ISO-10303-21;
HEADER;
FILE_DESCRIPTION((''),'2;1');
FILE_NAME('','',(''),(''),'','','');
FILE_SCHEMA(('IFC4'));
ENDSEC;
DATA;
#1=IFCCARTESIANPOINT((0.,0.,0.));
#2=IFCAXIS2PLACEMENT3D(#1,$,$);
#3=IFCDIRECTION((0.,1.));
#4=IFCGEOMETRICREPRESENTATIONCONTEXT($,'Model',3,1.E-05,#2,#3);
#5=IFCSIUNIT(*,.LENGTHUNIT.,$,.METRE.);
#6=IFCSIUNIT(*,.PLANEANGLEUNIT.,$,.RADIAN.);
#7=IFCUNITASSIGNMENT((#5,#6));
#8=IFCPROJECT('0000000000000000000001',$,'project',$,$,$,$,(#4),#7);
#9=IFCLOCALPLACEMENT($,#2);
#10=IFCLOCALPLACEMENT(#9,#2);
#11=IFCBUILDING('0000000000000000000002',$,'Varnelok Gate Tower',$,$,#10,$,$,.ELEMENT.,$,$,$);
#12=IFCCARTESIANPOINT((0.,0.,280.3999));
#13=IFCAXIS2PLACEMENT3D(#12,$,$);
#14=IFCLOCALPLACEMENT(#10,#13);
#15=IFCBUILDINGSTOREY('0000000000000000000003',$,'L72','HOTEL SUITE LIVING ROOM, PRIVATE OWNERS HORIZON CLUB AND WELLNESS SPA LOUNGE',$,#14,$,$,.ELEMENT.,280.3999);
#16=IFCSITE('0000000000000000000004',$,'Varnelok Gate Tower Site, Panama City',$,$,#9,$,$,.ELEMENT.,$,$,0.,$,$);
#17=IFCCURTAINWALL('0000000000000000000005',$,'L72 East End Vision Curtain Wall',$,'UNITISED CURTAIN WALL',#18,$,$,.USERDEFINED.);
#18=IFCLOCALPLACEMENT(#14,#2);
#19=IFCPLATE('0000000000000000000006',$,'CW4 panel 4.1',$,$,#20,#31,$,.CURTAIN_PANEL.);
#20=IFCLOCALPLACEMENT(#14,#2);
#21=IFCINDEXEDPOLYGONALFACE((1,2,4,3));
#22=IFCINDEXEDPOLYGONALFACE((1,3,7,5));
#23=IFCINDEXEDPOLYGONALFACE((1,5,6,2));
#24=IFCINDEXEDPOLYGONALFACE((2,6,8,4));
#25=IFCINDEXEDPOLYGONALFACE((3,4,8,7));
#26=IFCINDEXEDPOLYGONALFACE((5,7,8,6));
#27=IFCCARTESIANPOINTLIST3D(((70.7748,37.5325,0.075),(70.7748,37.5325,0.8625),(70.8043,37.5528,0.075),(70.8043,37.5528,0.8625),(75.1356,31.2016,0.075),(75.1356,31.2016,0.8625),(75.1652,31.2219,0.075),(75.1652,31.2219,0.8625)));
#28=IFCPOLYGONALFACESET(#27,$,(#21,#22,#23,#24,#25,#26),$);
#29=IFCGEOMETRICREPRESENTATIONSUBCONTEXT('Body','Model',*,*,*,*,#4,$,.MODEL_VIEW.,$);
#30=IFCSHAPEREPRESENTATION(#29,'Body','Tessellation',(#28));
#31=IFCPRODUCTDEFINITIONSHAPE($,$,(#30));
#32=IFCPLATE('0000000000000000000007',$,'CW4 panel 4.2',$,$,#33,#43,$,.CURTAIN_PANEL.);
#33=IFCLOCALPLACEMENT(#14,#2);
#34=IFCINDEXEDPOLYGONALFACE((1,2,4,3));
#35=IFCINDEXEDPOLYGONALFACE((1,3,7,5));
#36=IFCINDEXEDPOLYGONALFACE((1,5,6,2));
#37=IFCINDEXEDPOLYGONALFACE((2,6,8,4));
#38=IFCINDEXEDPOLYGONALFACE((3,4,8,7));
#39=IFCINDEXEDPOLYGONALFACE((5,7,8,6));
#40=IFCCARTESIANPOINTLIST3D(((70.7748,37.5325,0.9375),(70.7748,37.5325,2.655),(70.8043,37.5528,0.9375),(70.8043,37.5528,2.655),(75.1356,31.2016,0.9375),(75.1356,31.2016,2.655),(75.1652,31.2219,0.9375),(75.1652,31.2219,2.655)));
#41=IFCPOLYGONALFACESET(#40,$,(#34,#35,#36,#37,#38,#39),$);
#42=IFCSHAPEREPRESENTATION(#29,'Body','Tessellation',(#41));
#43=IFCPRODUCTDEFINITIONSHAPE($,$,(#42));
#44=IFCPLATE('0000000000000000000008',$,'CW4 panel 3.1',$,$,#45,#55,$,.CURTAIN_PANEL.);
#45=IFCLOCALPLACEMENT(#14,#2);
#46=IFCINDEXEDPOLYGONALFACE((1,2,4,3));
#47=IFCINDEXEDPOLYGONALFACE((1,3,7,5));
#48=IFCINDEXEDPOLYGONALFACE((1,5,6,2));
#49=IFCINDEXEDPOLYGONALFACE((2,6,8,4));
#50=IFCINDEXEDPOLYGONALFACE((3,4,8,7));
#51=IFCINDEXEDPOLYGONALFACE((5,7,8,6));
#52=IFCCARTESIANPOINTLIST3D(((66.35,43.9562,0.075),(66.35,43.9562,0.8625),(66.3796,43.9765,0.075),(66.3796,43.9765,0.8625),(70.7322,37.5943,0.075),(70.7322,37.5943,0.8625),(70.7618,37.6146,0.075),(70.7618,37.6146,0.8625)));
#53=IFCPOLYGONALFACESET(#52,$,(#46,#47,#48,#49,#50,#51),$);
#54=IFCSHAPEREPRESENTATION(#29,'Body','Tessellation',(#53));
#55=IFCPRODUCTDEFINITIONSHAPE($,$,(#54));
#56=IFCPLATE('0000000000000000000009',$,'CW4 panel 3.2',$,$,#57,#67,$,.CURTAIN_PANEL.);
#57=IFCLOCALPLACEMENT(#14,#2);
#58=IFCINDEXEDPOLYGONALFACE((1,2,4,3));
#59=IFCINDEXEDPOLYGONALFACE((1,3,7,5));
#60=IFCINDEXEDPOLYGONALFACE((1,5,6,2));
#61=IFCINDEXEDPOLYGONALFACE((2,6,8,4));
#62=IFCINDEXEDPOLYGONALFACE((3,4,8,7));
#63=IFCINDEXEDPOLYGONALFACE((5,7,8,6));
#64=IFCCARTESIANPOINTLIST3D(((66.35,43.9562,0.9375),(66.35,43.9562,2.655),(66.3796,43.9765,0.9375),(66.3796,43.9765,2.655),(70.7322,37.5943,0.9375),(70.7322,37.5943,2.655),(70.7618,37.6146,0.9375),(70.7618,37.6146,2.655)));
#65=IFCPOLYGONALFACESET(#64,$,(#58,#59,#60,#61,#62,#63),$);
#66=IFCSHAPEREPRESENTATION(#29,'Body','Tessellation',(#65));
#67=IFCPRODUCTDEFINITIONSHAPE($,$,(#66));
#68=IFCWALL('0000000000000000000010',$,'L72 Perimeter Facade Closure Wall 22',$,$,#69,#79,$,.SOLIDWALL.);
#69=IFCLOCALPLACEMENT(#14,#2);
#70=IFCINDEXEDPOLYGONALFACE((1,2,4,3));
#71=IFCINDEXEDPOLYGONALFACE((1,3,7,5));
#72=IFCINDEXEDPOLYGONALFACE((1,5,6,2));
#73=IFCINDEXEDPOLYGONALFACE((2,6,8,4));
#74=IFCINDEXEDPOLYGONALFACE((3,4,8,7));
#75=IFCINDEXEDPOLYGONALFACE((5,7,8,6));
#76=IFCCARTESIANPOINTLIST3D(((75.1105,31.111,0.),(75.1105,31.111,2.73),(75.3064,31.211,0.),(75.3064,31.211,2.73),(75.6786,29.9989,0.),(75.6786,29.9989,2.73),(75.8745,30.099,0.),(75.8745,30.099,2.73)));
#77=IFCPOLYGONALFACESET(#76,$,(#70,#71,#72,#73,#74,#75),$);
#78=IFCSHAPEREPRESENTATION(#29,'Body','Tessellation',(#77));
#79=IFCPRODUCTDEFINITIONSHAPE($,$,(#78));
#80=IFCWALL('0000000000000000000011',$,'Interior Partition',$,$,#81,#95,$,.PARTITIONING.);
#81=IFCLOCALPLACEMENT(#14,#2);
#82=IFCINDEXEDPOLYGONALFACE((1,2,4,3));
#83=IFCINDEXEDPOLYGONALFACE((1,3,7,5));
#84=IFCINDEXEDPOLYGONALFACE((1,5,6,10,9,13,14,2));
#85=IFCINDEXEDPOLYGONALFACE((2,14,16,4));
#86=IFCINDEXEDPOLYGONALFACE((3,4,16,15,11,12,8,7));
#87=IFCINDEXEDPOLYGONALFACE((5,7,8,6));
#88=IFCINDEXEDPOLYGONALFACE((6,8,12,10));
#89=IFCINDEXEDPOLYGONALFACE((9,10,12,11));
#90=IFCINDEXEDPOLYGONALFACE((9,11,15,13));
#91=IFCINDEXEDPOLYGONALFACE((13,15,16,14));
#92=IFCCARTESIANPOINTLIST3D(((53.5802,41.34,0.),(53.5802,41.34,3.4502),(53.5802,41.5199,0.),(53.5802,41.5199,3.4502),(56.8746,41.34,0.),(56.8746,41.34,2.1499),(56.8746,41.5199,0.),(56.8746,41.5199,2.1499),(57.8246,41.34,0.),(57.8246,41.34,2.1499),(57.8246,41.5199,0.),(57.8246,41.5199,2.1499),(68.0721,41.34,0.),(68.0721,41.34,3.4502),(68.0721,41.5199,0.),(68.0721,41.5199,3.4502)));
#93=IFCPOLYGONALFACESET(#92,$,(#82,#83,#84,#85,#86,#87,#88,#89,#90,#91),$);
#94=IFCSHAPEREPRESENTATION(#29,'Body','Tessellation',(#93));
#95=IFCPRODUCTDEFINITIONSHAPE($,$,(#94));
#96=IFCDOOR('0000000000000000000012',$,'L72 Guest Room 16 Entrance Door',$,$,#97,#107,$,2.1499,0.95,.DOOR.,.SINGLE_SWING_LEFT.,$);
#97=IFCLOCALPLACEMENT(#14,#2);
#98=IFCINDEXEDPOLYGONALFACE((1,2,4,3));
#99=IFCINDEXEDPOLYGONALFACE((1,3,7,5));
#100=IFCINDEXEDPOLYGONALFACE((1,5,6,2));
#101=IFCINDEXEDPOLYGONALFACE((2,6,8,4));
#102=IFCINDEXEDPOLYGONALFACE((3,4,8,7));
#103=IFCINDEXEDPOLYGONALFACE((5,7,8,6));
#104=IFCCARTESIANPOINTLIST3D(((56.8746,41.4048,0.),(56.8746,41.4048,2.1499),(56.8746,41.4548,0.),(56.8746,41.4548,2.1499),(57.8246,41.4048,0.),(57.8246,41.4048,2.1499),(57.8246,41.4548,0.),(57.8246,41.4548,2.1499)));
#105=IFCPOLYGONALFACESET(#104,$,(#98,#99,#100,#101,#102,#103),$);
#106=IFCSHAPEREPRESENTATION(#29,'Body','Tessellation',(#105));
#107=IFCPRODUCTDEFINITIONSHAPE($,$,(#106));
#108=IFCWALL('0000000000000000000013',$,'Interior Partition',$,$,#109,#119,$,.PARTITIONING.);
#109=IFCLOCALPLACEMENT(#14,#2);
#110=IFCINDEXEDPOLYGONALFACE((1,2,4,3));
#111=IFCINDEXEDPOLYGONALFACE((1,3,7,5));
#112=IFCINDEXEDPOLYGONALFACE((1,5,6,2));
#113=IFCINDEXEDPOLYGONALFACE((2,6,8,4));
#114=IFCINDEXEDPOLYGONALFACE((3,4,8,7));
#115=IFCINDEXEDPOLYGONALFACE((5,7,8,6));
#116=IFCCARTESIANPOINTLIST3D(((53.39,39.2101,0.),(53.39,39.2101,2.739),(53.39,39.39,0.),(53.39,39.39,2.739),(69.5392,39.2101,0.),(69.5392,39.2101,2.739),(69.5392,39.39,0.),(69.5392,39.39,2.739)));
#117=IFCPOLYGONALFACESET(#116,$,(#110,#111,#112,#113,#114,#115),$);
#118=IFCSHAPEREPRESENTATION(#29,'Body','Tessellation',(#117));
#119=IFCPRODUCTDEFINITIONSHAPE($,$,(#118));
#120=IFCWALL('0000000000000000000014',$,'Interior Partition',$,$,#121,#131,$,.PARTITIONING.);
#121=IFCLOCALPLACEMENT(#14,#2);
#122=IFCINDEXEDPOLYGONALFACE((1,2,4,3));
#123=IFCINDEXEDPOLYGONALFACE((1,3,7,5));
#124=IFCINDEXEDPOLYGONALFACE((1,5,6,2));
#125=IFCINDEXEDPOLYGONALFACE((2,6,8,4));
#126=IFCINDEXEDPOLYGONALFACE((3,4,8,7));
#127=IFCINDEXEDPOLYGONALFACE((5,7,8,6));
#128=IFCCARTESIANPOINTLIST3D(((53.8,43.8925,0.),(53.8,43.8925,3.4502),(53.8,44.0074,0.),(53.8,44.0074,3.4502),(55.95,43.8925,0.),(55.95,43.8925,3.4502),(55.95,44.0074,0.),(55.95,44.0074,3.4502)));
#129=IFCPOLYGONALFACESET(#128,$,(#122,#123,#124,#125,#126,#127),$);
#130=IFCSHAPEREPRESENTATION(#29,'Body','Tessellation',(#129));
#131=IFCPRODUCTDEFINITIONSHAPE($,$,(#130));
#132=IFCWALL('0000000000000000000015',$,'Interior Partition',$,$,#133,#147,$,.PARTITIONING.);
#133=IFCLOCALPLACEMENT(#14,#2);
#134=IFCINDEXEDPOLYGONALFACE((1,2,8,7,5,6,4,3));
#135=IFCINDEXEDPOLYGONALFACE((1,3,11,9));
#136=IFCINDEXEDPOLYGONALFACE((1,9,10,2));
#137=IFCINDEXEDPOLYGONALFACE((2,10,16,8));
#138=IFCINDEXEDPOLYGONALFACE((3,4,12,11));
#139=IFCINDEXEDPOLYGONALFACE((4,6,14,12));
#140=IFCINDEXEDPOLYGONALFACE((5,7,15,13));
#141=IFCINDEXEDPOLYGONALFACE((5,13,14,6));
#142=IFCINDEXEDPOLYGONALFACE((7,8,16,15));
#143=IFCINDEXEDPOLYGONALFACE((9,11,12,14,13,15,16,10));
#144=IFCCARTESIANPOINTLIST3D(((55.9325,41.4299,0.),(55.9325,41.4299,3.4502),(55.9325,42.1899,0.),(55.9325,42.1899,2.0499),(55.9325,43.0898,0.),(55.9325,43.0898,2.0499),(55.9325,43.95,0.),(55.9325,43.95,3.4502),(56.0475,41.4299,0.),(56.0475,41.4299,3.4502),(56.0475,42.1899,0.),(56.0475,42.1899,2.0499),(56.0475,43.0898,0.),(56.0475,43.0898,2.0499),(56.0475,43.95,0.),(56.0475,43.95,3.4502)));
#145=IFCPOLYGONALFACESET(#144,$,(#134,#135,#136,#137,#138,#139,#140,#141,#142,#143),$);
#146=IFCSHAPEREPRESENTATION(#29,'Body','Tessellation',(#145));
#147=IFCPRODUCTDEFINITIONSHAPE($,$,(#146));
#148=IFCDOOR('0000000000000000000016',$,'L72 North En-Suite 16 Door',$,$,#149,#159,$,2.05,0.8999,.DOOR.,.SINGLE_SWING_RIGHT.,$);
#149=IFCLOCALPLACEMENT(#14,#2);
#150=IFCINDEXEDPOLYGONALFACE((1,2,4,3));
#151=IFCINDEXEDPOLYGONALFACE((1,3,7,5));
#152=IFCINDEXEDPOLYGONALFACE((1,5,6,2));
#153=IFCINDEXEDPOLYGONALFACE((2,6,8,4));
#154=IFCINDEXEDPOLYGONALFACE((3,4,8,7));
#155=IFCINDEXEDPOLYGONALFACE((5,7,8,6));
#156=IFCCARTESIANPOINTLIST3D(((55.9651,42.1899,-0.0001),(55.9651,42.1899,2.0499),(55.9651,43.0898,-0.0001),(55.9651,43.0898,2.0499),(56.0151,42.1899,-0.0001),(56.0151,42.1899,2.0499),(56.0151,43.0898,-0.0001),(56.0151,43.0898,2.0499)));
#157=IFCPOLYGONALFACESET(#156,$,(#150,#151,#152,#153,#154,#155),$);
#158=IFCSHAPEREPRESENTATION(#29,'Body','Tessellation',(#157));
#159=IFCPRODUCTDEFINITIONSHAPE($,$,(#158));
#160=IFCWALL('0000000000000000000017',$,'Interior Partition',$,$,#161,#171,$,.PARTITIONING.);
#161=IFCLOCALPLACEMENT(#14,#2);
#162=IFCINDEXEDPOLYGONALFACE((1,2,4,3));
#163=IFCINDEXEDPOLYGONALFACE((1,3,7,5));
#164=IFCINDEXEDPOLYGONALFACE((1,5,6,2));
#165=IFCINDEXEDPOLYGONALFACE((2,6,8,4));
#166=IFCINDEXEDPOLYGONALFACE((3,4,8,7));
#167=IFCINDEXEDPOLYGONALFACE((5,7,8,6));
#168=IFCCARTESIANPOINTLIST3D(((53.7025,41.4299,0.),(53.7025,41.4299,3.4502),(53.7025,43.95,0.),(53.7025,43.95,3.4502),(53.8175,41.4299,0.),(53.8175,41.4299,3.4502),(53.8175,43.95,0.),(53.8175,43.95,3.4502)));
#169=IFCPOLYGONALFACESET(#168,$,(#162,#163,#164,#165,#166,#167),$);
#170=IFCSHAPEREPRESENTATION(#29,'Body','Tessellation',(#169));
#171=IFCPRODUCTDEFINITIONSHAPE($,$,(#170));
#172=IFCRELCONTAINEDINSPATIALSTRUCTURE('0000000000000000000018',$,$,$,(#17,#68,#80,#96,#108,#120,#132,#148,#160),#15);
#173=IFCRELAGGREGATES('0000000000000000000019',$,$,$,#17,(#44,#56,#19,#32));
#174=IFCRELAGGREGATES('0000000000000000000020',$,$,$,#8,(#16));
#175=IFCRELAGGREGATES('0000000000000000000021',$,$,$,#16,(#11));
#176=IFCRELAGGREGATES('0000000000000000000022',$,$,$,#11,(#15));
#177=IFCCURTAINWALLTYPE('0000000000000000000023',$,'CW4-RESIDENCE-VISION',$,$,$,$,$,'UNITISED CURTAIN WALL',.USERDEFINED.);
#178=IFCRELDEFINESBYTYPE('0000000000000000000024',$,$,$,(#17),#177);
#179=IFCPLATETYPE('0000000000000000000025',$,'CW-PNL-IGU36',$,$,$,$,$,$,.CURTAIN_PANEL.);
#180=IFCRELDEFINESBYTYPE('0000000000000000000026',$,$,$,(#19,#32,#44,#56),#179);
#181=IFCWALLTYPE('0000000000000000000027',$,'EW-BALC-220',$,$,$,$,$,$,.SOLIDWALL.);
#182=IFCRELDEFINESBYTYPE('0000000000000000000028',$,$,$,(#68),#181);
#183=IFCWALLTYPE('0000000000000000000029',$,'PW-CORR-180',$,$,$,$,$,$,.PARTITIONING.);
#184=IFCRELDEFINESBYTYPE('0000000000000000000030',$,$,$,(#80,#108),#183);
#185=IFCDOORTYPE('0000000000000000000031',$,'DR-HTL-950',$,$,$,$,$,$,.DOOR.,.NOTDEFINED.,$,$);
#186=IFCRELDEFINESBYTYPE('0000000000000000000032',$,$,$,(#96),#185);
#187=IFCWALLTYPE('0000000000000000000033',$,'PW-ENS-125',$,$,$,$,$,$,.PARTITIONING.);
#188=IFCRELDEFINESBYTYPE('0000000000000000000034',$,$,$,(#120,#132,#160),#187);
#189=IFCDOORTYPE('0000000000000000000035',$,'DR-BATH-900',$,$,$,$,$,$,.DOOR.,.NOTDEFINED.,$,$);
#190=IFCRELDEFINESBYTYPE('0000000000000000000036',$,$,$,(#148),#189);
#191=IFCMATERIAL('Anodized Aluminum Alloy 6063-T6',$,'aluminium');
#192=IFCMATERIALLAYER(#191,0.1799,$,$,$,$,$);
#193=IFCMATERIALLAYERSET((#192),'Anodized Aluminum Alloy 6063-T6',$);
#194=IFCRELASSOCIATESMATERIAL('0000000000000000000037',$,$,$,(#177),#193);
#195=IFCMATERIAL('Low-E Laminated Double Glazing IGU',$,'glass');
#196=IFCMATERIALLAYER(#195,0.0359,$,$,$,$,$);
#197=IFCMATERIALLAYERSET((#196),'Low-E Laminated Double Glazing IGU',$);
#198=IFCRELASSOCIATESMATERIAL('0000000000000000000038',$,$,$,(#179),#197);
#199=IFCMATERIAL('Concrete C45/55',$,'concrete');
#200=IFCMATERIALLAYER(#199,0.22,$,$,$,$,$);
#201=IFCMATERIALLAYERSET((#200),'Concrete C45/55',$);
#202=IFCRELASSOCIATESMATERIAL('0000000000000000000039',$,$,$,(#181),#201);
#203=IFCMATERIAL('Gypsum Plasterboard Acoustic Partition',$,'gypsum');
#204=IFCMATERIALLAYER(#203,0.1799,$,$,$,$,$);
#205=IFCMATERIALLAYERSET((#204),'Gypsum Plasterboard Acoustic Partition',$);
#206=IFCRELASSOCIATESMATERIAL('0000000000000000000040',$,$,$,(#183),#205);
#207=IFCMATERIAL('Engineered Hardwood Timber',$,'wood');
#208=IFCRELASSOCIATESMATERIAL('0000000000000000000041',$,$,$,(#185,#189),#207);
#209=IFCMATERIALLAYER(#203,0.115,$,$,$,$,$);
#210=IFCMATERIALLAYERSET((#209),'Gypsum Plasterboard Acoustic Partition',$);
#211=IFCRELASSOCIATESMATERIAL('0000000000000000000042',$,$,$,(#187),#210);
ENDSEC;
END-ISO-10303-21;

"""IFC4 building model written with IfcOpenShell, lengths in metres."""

from ifc_helpers import new_model, si_unit, direction, frame, frame_2d, origin, origin_2d, place, context, subcontext, project, spatial, rectangle, extrude, source, transform, mapped, material, layer, layer_set, type_object, element, fill, aggregate, save


model = new_model("IFC4")

# Units and contexts
model_context = context("Model", 3, precision=1e-05, world=origin(), true_north=direction((0.0, 1.0)))
body_context = subcontext(model_context, "Body", "Model", "MODEL_VIEW")
ifc_project = project(units=[si_unit("LENGTHUNIT", "METRE"), si_unit("PLANEANGLEUNIT", "RADIAN")], contexts=[model_context])

# Site, building, storey
site_placement = place(None, origin())
site = spatial("IfcSite", under=ifc_project, at=site_placement, Name="Varnelok Gate Tower Site, Panama City", CompositionType="ELEMENT", RefElevation=0.0)
building_placement = place(site_placement, origin())
building = spatial("IfcBuilding", under=site, at=building_placement, Name="Varnelok Gate Tower", CompositionType="ELEMENT")
storey_placement = place(building_placement, frame((0.0, 0.0, 280.3999)))
storey = spatial("IfcBuildingStorey", under=building, at=storey_placement, Name="L72", Description="HOTEL SUITE LIVING ROOM, PRIVATE OWNERS HORIZON CLUB AND WELLNESS SPA LOUNGE", CompositionType="ELEMENT", Elevation=280.3999)

# Curtain wall, plates
ifc_material_1 = material(Name="Anodized Aluminum Alloy 6063-T6", Category="aluminium")
ifc_layer_1 = layer(ifc_material_1, 0.1799)
ifc_layer_set_1 = layer_set([ifc_layer_1], Name="Anodized Aluminum Alloy 6063-T6")
curtain_wall_type = type_object("IfcCurtainWallType", Name="CW4-RESIDENCE-VISION", ElementType="UNITISED CURTAIN WALL", PredefinedType="USERDEFINED", material=ifc_layer_set_1)
curtain_wall_placement = place(storey_placement, origin())
curtain_wall = element("IfcCurtainWall", 1, at=curtain_wall_placement, inside=storey, type_object=curtain_wall_type, Name="L72 East End Vision Curtain Wall", ObjectType="UNITISED CURTAIN WALL", PredefinedType="USERDEFINED")
ifc_material_2 = material(Name="Low-E Laminated Double Glazing IGU", Category="glass")
ifc_layer_2 = layer(ifc_material_2, 0.0359)
ifc_layer_set_2 = layer_set([ifc_layer_2], Name="Low-E Laminated Double Glazing IGU")
plate_type = type_object("IfcPlateType", Name="CW-PNL-IGU36", PredefinedType="CURTAIN_PANEL", material=ifc_layer_set_2)
shared_shape_1 = source(origin(), body_context, "Body", "SweptSolid", [
    extrude(rectangle(XDim=7.6875, YDim=0.0359, at=origin_2d()), origin(), (0.0, 0.0, 1.0), 0.7876),
])
plate_1_placement = place(storey_placement, frame((72.97, 34.3772, 0.075), z_axis=(0.0, 0.0, 1.0), x_axis=(0.567269, -0.823532, 0.0)))
plate_1 = element("IfcPlate", 2, at=plate_1_placement, type_object=plate_type, Name="CW4 panel 4.1", PredefinedType="CURTAIN_PANEL", context=body_context, shape_type="MappedRepresentation", body=[
    mapped(shared_shape_1, transform((0.0, 0.0, 0.0), scale=1.0)),
])
shared_shape_2 = source(origin(), body_context, "Body", "SweptSolid", [
    extrude(rectangle(XDim=7.6875, YDim=0.0359, at=origin_2d()), origin(), (0.0, 0.0, 1.0), 1.7175),
])
plate_2_placement = place(storey_placement, frame((72.97, 34.3772, 0.9375), z_axis=(0.0, 0.0, 1.0), x_axis=(0.567269, -0.823532, 0.0)))
plate_2 = element("IfcPlate", 3, at=plate_2_placement, type_object=plate_type, Name="CW4 panel 4.2", PredefinedType="CURTAIN_PANEL", context=body_context, shape_type="MappedRepresentation", body=[
    mapped(shared_shape_2, transform((0.0, 0.0, 0.0), scale=1.0)),
])
shared_shape_3 = source(origin(), body_context, "Body", "SweptSolid", [
    extrude(rectangle(XDim=7.7251, YDim=0.0359, at=origin_2d()), origin(), (0.0, 0.0, 1.0), 0.7876),
])
plate_3_placement = place(storey_placement, frame((68.5559, 40.7854, 0.075), z_axis=(0.0, 0.0, 1.0), x_axis=(0.567269, -0.823532, 0.0)))
plate_3 = element("IfcPlate", 4, at=plate_3_placement, type_object=plate_type, Name="CW4 panel 3.1", PredefinedType="CURTAIN_PANEL", context=body_context, shape_type="MappedRepresentation", body=[
    mapped(shared_shape_3, transform((0.0, 0.0, 0.0), scale=1.0)),
])
shared_shape_4 = source(origin(), body_context, "Body", "SweptSolid", [
    extrude(rectangle(XDim=7.7251, YDim=0.0359, at=origin_2d()), origin(), (0.0, 0.0, 1.0), 1.7175),
])
plate_4_placement = place(storey_placement, frame((68.5559, 40.7854, 0.9375), z_axis=(0.0, 0.0, 1.0), x_axis=(0.567269, -0.823532, 0.0)))
plate_4 = element("IfcPlate", 5, at=plate_4_placement, type_object=plate_type, Name="CW4 panel 3.2", PredefinedType="CURTAIN_PANEL", context=body_context, shape_type="MappedRepresentation", body=[
    mapped(shared_shape_4, transform((0.0, 0.0, 0.0), scale=1.0)),
])
aggregate(curtain_wall, [plate_3, plate_4, plate_1, plate_2])

# Wall
ifc_material_3 = material(Name="Concrete C45/55", Category="concrete")
ifc_layer_3 = layer(ifc_material_3, 0.22)
ifc_layer_set_3 = layer_set([ifc_layer_3], Name="Concrete C45/55")
wall_type_1 = type_object("IfcWallType", Name="EW-BALC-220", PredefinedType="SOLIDWALL", material=ifc_layer_set_3)
wall_1_placement = place(storey_placement, frame((75.7766, 30.0488, 0.0), z_axis=(0.0, 0.0, 1.0), x_axis=(-0.454939, 0.890523, 0.0)))
element("IfcWall", 6, at=wall_1_placement, inside=storey, type_object=wall_type_1, Name="L72 Perimeter Facade Closure Wall 22", PredefinedType="SOLIDWALL", context=body_context, shape_type="SweptSolid", body=[
    extrude(rectangle(XDim=1.2488, YDim=0.22, at=frame_2d((0.6245, 0.0))), origin(), (0.0, 0.0, 1.0), 2.73),
])

# Wall, opening, door
ifc_material_4 = material(Name="Gypsum Plasterboard Acoustic Partition", Category="gypsum")
ifc_layer_4 = layer(ifc_material_4, 0.1799)
ifc_layer_set_4 = layer_set([ifc_layer_4], Name="Gypsum Plasterboard Acoustic Partition")
wall_type_2 = type_object("IfcWallType", Name="PW-CORR-180", PredefinedType="PARTITIONING", material=ifc_layer_set_4)
wall_2_placement = place(storey_placement, frame((53.5801, 41.4299, 0.0), z_axis=(0.0, 0.0, 1.0), x_axis=(1.0, 0.0, 0.0)))
wall_2 = element("IfcWall", 7, at=wall_2_placement, inside=storey, type_object=wall_type_2, Name="Interior Partition", PredefinedType="PARTITIONING", context=body_context, shape_type="SweptSolid", body=[
    extrude(rectangle(XDim=14.4919, YDim=0.1799, at=frame_2d((7.2461, 0.0))), origin(), (0.0, 0.0, 1.0), 3.4502),
])
opening_1_placement = place(wall_2_placement, frame((3.2944, 0.0, 0.0)))
opening_1 = element("IfcOpeningElement", 8, at=opening_1_placement, cuts=wall_2, PredefinedType="OPENING", context=body_context, shape_type="SweptSolid", body=[
    extrude(rectangle(XDim=0.95, YDim=2.1499, at=frame_2d((0.4751, 1.075))), frame((0.0, 0.0999, 0.0), z_axis=(0.0, -1.0, 0.0), x_axis=(1.0, 0.0, 0.0)), (0.0, 0.0, 1.0), 0.2),
])
ifc_material_5 = material(Name="Engineered Hardwood Timber", Category="wood")
door_type_1 = type_object("IfcDoorType", Name="DR-HTL-950", OperationType="NOTDEFINED", PredefinedType="DOOR", material=ifc_material_5)
door_1_placement = place(opening_1_placement, origin())
door_1 = element("IfcDoor", 9, at=door_1_placement, inside=storey, type_object=door_type_1, Name="L72 Guest Room 16 Entrance Door", OperationType="SINGLE_SWING_LEFT", OverallHeight=2.1499, OverallWidth=0.95, PredefinedType="DOOR", context=body_context, shape_type="SweptSolid", body=[
    extrude(rectangle(XDim=0.95, YDim=2.1499, at=frame_2d((0.4751, 1.075))), frame((0.0, 0.0249, 0.0), z_axis=(0.0, -1.0, 0.0), x_axis=(1.0, 0.0, 0.0)), (0.0, 0.0, 1.0), 0.05),
])
fill(opening_1, door_1)

# Walls
wall_3_placement = place(storey_placement, frame((53.3899, 39.3, 0.0), z_axis=(0.0, 0.0, 1.0), x_axis=(1.0, 0.0, 0.0)))
element("IfcWall", 10, at=wall_3_placement, inside=storey, type_object=wall_type_2, Name="Interior Partition", PredefinedType="PARTITIONING", context=body_context, shape_type="SweptSolid", body=[
    extrude(rectangle(XDim=16.1492, YDim=0.1799, at=frame_2d((8.0747, 0.0))), origin(), (0.0, 0.0, 1.0), 2.739),
])
ifc_layer_5 = layer(ifc_material_4, 0.115)
ifc_layer_set_5 = layer_set([ifc_layer_5], Name="Gypsum Plasterboard Acoustic Partition")
wall_type_3 = type_object("IfcWallType", Name="PW-ENS-125", PredefinedType="PARTITIONING", material=ifc_layer_set_5)
wall_4_placement = place(storey_placement, frame((53.8, 43.95, 0.0), z_axis=(0.0, 0.0, 1.0), x_axis=(1.0, 0.0, 0.0)))
element("IfcWall", 11, at=wall_4_placement, inside=storey, type_object=wall_type_3, Name="Interior Partition", PredefinedType="PARTITIONING", context=body_context, shape_type="SweptSolid", body=[
    extrude(rectangle(XDim=2.1499, YDim=0.115, at=frame_2d((1.075, 0.0))), origin(), (0.0, 0.0, 1.0), 3.4502),
])

# Wall, opening, door
wall_5_placement = place(storey_placement, frame((55.99, 41.4299, 0.0), z_axis=(0.0, 0.0, 1.0), x_axis=(0.0, 1.0, 0.0)))
wall_5 = element("IfcWall", 12, at=wall_5_placement, inside=storey, type_object=wall_type_3, Name="Interior Partition", PredefinedType="PARTITIONING", context=body_context, shape_type="SweptSolid", body=[
    extrude(rectangle(XDim=2.52, YDim=0.115, at=frame_2d((1.26, 0.0))), origin(), (0.0, 0.0, 1.0), 3.4502),
])
opening_2_placement = place(wall_5_placement, frame((0.76, 0.0, 0.0)))
opening_2 = element("IfcOpeningElement", 13, at=opening_2_placement, cuts=wall_5, PredefinedType="OPENING", context=body_context, shape_type="SweptSolid", body=[
    extrude(rectangle(XDim=0.8999, YDim=2.05, at=frame_2d((0.45, 1.0249))), frame((0.0, 0.0674, 0.0), z_axis=(0.0, -1.0, 0.0), x_axis=(1.0, 0.0, 0.0)), (0.0, 0.0, 1.0), 0.135),
])
door_type_2 = type_object("IfcDoorType", Name="DR-BATH-900", OperationType="NOTDEFINED", PredefinedType="DOOR", material=ifc_material_5)
door_2_placement = place(opening_2_placement, origin())
door_2 = element("IfcDoor", 14, at=door_2_placement, inside=storey, type_object=door_type_2, Name="L72 North En-Suite 16 Door", OperationType="SINGLE_SWING_RIGHT", OverallHeight=2.05, OverallWidth=0.8999, PredefinedType="DOOR", context=body_context, shape_type="SweptSolid", body=[
    extrude(rectangle(XDim=0.8999, YDim=2.05, at=frame_2d((0.45, 1.0249))), frame((0.0, 0.0249, 0.0), z_axis=(0.0, -1.0, 0.0), x_axis=(1.0, 0.0, 0.0)), (0.0, 0.0, 1.0), 0.05),
])
fill(opening_2, door_2)

# Wall
wall_6_placement = place(storey_placement, frame((53.76, 41.4299, 0.0), z_axis=(0.0, 0.0, 1.0), x_axis=(0.0, 1.0, 0.0)))
element("IfcWall", 15, at=wall_6_placement, inside=storey, type_object=wall_type_3, Name="Interior Partition", PredefinedType="PARTITIONING", context=body_context, shape_type="SweptSolid", body=[
    extrude(rectangle(XDim=2.52, YDim=0.115, at=frame_2d((1.26, 0.0))), origin(), (0.0, 0.0, 1.0), 3.4502),
])

save(model, "model.ifc")
